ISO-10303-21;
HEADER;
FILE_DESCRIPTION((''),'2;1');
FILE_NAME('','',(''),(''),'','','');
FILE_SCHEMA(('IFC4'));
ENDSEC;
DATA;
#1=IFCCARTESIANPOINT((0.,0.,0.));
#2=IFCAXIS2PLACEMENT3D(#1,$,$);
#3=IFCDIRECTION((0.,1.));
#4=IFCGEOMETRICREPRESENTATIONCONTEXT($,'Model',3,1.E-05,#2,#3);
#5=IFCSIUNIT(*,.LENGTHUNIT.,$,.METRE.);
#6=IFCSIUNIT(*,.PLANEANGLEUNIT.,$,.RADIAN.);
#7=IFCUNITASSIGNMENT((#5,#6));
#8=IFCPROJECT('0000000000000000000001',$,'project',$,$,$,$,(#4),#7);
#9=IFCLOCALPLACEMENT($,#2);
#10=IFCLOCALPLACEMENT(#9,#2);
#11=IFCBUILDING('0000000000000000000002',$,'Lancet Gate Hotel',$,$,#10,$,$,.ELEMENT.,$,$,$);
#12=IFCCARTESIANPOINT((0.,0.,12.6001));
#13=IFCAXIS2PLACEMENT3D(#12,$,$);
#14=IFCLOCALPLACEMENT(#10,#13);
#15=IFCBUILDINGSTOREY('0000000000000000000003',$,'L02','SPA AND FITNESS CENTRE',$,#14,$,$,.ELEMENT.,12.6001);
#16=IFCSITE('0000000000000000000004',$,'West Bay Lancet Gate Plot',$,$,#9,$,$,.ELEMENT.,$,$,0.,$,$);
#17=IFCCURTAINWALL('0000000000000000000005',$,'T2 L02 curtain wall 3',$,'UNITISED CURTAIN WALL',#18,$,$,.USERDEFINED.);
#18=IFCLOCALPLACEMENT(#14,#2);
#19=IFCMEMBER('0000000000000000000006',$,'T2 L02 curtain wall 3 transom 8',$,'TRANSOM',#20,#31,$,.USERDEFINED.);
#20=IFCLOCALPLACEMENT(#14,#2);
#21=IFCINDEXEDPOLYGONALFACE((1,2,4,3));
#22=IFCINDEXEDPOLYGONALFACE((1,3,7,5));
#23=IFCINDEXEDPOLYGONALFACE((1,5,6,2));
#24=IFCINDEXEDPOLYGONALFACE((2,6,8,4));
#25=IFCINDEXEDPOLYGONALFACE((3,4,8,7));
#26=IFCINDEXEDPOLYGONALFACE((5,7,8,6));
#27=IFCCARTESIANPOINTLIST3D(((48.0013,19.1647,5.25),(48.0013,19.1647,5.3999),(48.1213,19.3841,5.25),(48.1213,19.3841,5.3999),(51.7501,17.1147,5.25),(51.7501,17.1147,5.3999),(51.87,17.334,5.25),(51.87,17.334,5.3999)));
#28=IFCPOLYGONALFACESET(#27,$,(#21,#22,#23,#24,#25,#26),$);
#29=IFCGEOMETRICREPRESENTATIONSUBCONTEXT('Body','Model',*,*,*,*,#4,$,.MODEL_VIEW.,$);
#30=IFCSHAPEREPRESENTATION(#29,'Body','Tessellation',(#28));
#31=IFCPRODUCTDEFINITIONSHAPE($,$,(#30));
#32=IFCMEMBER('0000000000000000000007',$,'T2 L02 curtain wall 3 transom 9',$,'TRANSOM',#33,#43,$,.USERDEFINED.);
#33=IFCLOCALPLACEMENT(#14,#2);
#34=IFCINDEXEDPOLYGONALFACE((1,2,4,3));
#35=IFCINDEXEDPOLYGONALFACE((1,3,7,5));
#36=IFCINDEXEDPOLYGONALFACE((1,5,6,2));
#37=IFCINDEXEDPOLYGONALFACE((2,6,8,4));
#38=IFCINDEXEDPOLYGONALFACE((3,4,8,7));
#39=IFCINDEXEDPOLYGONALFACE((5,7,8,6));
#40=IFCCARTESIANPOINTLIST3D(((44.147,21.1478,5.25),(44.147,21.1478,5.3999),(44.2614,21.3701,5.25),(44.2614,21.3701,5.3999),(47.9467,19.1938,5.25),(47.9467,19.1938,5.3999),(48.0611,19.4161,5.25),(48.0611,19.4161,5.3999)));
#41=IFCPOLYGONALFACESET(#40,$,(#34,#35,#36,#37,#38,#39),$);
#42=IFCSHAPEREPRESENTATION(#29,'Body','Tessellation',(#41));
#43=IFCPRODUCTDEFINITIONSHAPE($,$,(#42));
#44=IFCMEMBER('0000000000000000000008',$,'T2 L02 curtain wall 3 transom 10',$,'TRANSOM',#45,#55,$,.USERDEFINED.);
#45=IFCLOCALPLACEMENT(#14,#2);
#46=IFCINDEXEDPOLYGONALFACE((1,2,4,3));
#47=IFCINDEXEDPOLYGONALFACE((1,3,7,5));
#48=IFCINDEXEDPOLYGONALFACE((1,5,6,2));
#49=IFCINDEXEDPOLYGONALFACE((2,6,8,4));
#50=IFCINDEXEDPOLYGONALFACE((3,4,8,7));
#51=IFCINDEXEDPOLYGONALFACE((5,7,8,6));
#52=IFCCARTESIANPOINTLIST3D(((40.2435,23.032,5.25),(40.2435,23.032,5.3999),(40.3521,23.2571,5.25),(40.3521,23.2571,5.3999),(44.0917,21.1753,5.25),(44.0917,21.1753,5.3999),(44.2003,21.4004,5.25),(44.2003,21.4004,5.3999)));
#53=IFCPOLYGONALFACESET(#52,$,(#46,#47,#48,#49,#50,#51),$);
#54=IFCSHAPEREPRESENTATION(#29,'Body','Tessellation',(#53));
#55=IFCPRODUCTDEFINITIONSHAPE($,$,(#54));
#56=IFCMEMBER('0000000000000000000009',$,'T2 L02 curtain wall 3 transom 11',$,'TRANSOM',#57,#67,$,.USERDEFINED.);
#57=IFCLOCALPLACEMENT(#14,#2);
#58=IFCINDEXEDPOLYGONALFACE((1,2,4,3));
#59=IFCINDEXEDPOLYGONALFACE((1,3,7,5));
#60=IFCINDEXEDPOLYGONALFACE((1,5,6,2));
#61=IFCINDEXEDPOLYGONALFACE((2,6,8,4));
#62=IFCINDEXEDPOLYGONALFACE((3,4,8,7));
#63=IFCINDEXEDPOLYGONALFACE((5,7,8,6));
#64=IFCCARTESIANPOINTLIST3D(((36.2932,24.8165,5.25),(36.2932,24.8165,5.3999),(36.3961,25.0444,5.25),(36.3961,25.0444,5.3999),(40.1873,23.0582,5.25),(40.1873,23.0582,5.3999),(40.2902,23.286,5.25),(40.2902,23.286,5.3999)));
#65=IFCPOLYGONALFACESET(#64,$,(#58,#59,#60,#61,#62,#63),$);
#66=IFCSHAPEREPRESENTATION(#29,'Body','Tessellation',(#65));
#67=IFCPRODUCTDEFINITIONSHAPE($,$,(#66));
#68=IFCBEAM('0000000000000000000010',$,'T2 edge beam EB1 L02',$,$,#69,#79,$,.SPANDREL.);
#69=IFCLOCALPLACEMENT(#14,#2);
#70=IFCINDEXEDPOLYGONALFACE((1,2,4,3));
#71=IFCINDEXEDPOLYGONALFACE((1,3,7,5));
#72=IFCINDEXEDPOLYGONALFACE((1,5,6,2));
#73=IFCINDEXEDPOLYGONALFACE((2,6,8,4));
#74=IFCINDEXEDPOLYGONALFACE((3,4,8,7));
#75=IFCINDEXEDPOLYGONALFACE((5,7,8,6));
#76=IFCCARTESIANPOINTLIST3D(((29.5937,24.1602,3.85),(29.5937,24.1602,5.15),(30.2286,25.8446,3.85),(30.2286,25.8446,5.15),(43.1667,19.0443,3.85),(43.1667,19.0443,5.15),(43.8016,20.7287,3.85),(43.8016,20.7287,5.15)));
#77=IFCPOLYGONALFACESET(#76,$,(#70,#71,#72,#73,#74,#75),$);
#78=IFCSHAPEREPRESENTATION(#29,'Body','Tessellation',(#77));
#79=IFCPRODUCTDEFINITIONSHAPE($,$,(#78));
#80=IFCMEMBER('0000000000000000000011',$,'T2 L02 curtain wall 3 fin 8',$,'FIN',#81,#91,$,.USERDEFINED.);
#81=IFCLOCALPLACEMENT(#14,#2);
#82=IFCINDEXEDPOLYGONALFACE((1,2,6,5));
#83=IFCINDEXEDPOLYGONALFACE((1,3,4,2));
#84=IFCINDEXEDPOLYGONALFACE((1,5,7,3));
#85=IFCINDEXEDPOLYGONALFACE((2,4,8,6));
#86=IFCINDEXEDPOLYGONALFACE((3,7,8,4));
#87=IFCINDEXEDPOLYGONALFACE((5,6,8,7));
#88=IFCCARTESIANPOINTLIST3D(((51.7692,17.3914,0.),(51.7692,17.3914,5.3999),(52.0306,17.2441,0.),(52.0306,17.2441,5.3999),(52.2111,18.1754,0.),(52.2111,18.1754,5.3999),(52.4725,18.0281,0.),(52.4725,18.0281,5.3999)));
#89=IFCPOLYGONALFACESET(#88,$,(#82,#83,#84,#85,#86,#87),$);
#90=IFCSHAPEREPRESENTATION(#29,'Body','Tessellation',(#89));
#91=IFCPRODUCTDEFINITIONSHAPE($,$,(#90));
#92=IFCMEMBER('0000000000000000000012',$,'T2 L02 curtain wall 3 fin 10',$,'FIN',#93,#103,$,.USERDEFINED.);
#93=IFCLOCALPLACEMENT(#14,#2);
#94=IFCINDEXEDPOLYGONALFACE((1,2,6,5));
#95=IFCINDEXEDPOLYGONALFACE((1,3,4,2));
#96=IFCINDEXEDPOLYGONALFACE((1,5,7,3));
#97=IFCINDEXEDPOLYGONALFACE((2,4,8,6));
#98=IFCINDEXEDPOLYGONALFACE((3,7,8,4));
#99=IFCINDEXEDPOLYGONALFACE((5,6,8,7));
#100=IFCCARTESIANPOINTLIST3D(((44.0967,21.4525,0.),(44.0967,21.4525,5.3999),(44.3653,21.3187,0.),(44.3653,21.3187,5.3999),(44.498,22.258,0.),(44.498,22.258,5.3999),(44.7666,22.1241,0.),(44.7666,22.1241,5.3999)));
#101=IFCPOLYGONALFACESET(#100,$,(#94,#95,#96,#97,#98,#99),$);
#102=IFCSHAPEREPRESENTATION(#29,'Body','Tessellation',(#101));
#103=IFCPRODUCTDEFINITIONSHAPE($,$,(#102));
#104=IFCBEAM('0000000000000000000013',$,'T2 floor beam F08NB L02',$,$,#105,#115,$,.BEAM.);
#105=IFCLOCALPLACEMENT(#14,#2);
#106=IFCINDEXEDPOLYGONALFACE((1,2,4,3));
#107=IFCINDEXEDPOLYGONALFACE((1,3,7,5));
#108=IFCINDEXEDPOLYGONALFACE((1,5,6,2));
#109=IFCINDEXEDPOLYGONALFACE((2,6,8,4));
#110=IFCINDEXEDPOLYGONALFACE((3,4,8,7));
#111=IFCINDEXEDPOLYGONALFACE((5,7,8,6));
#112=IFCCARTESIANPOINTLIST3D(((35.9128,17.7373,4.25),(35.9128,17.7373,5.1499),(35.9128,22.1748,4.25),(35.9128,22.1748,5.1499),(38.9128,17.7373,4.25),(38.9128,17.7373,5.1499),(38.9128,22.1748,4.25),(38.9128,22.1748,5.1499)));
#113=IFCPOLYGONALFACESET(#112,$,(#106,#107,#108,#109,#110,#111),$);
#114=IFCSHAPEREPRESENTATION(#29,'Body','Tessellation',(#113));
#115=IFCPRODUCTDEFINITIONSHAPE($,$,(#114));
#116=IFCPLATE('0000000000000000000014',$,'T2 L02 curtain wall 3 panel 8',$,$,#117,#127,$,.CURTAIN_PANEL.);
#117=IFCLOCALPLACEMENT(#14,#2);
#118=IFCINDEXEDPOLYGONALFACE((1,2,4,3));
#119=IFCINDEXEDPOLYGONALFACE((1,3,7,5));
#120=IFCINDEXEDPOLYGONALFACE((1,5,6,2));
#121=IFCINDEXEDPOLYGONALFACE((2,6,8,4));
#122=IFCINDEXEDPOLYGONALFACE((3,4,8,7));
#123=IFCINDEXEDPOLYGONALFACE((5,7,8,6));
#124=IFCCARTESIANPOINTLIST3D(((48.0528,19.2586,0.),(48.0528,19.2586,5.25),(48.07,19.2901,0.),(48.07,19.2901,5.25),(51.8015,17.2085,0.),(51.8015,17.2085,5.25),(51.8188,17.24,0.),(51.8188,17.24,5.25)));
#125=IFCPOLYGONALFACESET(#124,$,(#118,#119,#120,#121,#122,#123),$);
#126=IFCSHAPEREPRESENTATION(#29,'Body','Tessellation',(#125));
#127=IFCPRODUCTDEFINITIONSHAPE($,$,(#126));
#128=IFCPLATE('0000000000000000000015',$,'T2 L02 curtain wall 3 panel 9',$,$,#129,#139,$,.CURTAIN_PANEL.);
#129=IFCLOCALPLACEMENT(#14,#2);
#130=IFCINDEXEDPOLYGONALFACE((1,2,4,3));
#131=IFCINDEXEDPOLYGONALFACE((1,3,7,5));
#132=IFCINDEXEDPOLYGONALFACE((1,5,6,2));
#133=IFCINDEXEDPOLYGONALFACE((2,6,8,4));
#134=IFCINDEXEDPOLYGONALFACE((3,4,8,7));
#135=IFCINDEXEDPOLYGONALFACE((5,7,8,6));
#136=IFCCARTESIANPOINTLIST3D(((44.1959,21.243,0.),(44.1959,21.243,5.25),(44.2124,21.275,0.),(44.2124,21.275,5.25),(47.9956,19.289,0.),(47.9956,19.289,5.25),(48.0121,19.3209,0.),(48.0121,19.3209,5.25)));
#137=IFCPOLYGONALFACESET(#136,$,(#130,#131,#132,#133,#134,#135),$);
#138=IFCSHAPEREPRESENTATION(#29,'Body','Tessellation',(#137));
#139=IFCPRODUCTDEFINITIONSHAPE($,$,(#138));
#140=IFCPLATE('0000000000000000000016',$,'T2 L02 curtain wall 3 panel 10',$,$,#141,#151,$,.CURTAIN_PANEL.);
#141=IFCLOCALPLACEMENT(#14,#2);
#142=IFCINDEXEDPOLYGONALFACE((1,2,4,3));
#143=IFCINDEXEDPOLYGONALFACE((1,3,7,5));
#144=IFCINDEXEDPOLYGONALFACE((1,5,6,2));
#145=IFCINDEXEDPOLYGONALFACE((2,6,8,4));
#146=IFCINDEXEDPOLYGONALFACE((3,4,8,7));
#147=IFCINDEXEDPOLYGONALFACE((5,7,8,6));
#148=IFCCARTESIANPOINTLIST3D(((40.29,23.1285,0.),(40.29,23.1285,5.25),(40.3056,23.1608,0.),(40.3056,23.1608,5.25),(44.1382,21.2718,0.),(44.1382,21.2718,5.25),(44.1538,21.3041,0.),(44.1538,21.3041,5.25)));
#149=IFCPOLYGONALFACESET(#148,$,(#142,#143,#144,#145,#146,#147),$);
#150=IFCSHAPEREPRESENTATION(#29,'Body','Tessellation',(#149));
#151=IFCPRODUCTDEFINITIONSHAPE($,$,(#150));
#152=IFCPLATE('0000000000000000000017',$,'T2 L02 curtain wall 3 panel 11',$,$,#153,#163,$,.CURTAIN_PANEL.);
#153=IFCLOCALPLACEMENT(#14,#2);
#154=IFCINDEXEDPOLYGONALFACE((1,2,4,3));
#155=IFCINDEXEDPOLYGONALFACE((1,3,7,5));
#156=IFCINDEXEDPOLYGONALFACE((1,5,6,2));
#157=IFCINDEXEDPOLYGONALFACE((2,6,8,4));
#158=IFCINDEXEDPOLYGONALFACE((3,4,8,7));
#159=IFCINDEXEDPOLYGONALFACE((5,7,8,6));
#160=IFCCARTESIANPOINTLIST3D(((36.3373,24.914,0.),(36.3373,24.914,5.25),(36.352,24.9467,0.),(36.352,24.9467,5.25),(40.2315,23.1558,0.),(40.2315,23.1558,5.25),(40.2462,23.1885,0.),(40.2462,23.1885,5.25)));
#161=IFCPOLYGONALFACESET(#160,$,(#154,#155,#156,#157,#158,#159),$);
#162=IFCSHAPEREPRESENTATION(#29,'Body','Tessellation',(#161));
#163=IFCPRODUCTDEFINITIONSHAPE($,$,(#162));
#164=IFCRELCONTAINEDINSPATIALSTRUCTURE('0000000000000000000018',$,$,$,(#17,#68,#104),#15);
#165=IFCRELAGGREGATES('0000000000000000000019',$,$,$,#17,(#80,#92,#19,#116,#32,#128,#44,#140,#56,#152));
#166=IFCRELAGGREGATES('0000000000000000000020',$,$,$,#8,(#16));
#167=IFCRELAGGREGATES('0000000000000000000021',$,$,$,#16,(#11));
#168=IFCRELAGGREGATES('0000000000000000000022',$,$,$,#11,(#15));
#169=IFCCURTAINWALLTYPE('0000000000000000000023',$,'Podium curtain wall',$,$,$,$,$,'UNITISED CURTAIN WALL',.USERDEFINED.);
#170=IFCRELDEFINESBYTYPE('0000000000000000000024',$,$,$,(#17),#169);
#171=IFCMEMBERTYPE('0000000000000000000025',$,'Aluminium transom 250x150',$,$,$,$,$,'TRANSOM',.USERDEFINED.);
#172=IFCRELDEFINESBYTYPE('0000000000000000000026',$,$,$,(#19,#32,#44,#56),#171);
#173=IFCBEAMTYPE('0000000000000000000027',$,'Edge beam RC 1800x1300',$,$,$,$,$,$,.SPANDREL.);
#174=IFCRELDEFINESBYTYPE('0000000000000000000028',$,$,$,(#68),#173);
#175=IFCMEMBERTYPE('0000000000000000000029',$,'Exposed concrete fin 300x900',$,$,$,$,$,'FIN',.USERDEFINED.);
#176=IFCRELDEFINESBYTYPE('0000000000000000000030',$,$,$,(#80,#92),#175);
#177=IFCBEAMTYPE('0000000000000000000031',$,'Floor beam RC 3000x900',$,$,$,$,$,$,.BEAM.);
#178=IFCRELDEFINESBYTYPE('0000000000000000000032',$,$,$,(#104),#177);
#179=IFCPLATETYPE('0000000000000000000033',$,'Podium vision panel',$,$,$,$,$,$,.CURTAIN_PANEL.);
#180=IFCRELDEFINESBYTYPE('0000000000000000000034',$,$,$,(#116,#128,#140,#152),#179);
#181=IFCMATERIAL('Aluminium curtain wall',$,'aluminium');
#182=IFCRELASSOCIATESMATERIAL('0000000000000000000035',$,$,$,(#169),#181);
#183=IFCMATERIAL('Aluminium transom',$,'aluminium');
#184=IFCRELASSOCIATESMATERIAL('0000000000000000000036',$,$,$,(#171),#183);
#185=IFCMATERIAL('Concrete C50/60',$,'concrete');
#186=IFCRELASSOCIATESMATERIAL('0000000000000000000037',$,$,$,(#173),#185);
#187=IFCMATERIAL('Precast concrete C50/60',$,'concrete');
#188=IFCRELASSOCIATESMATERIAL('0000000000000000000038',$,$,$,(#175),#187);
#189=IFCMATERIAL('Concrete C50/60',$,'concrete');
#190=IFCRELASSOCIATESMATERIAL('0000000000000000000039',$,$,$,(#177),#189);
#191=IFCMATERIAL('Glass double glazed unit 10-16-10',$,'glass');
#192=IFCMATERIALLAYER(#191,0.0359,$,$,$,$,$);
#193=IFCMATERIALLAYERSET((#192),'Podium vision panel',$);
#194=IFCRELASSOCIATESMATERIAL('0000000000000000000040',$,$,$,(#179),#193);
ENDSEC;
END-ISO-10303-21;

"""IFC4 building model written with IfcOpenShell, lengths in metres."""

from ifc_helpers import new_model, si_unit, direction, frame, origin, origin_2d, place, context, subcontext, project, spatial, rectangle, extrude, material, layer, layer_set, material_profile, profile_set, type_object, element, aggregate, save


model = new_model("IFC4")

# Units and contexts
model_context = context("Model", 3, precision=1e-05, world=origin(), true_north=direction((0.0, 1.0)))
body_context = subcontext(model_context, "Body", "Model", "MODEL_VIEW")
ifc_project = project(units=[si_unit("LENGTHUNIT", "METRE"), si_unit("PLANEANGLEUNIT", "RADIAN")], contexts=[model_context])

# Site, building, storey
site_placement = place(None, origin())
site = spatial("IfcSite", under=ifc_project, at=site_placement, Name="West Bay Lancet Gate Plot", CompositionType="ELEMENT", RefElevation=0.0)
building_placement = place(site_placement, origin())
building = spatial("IfcBuilding", under=site, at=building_placement, Name="Lancet Gate Hotel", CompositionType="ELEMENT")
storey_placement = place(building_placement, frame((0.0, 0.0, 12.6001)))
storey = spatial("IfcBuildingStorey", under=building, at=storey_placement, Name="L02", Description="SPA AND FITNESS CENTRE", CompositionType="ELEMENT", Elevation=12.6001)

# Curtain wall, members
ifc_material_1 = material(Name="Aluminium curtain wall", Category="aluminium")
curtain_wall_type = type_object("IfcCurtainWallType", Name="Podium curtain wall", ElementType="UNITISED CURTAIN WALL", PredefinedType="USERDEFINED", material=ifc_material_1)
curtain_wall_placement = place(storey_placement, origin())
curtain_wall = element("IfcCurtainWall", 1, at=curtain_wall_placement, inside=storey, type_object=curtain_wall_type, Name="T2 L02 curtain wall 3", ObjectType="UNITISED CURTAIN WALL", PredefinedType="USERDEFINED")
ifc_material_2 = material(Name="Aluminium transom", Category="aluminium")
ifc_material_profile_1 = material_profile(ifc_material_2, rectangle(XDim=0.25, YDim=0.1499, at=origin_2d()), Name="TRANSOM 250x150")
ifc_profile_set_1 = profile_set([ifc_material_profile_1], Name="Aluminium transom")
member_type_1 = type_object("IfcMemberType", Name="Aluminium transom 250x150", ElementType="TRANSOM", PredefinedType="USERDEFINED", material=ifc_profile_set_1)
member_1_placement = place(storey_placement, frame((51.8101, 17.2244, 5.325), z_axis=(-0.877378, 0.479801, 0.0), x_axis=(-0.479801, -0.877378, 0.0)))
member_1 = element("IfcMember", 2, at=member_1_placement, type_object=member_type_1, Name="T2 L02 curtain wall 3 transom 8", ObjectType="TRANSOM", PredefinedType="USERDEFINED", context=body_context, shape_type="SweptSolid", body=[
    extrude(rectangle(XDim=0.25, YDim=0.1499, at=origin_2d()), origin(), (0.0, 0.0, 1.0), 4.2727),
])
member_2_placement = place(storey_placement, frame((48.0039, 19.3049, 5.325), z_axis=(-0.889296, 0.457333, 0.0), x_axis=(-0.457333, -0.889296, 0.0)))
member_2 = element("IfcMember", 3, at=member_2_placement, type_object=member_type_1, Name="T2 L02 curtain wall 3 transom 9", ObjectType="TRANSOM", PredefinedType="USERDEFINED", context=body_context, shape_type="SweptSolid", body=[
    extrude(rectangle(XDim=0.25, YDim=0.1499, at=origin_2d()), origin(), (0.0, 0.0, 1.0), 4.2727),
])
member_3_placement = place(storey_placement, frame((44.146, 21.2878, 5.325), z_axis=(-0.900646, 0.434553, 0.0), x_axis=(-0.434553, -0.900646, 0.0)))
member_3 = element("IfcMember", 4, at=member_3_placement, type_object=member_type_1, Name="T2 L02 curtain wall 3 transom 10", ObjectType="TRANSOM", PredefinedType="USERDEFINED", context=body_context, shape_type="SweptSolid", body=[
    extrude(rectangle(XDim=0.25, YDim=0.1499, at=origin_2d()), origin(), (0.0, 0.0, 1.0), 4.2727),
])
member_4_placement = place(storey_placement, frame((40.2388, 23.1721, 5.325), z_axis=(-0.911397, 0.411529, 0.0), x_axis=(-0.411529, -0.911397, 0.0)))
member_4 = element("IfcMember", 5, at=member_4_placement, type_object=member_type_1, Name="T2 L02 curtain wall 3 transom 11", ObjectType="TRANSOM", PredefinedType="USERDEFINED", context=body_context, shape_type="SweptSolid", body=[
    extrude(rectangle(XDim=0.25, YDim=0.1499, at=origin_2d()), origin(), (0.0, 0.0, 1.0), 4.2727),
])

# Beam
ifc_material_3 = material(Name="Concrete C50/60", Category="concrete")
ifc_material_profile_2 = material_profile(ifc_material_3, rectangle(XDim=1.8, YDim=1.3, at=origin_2d()), Name="RC 1800x1300")
ifc_profile_set_2 = profile_set([ifc_material_profile_2], Name="Concrete C50/60")
beam_type_1 = type_object("IfcBeamType", Name="Edge beam RC 1800x1300", PredefinedType="SPANDREL", material=ifc_profile_set_2)
beam_1_placement = place(storey_placement, frame((43.4841, 19.8865, 4.5), z_axis=(-0.935736, 0.3527, 0.0), x_axis=(-0.3527, -0.935736, 0.0)))
element("IfcBeam", 6, at=beam_1_placement, inside=storey, type_object=beam_type_1, Name="T2 edge beam EB1 L02", PredefinedType="SPANDREL", context=body_context, shape_type="SweptSolid", body=[
    extrude(rectangle(XDim=1.8, YDim=1.3, at=origin_2d()), origin(), (0.0, 0.0, 1.0), 14.5051),
])

# Members
ifc_material_4 = material(Name="Precast concrete C50/60", Category="concrete")
ifc_material_profile_3 = material_profile(ifc_material_4, rectangle(XDim=0.3, YDim=0.8999, at=origin_2d()), Name="FIN 300x900")
ifc_profile_set_3 = profile_set([ifc_material_profile_3], Name="Precast concrete C50/60")
member_type_2 = type_object("IfcMemberType", Name="Exposed concrete fin 300x900", ElementType="FIN", PredefinedType="USERDEFINED", material=ifc_profile_set_3)
member_5_placement = place(storey_placement, frame((52.1208, 17.7097, 0.0), z_axis=(0.0, 0.0, 1.0), x_axis=(-0.87119, 0.490945, 0.0)))
member_5 = element("IfcMember", 7, at=member_5_placement, type_object=member_type_2, Name="T2 L02 curtain wall 3 fin 8", ObjectType="FIN", PredefinedType="USERDEFINED", context=body_context, shape_type="SweptSolid", body=[
    extrude(rectangle(XDim=0.3, YDim=0.8999, at=origin_2d()), origin(), (0.0, 0.0, 1.0), 5.3999),
])
member_6_placement = place(storey_placement, frame((44.4316, 21.7883, 0.0), z_axis=(0.0, 0.0, 1.0), x_axis=(-0.895044, 0.445978, 0.0)))
member_6 = element("IfcMember", 8, at=member_6_placement, type_object=member_type_2, Name="T2 L02 curtain wall 3 fin 10", ObjectType="FIN", PredefinedType="USERDEFINED", context=body_context, shape_type="SweptSolid", body=[
    extrude(rectangle(XDim=0.3, YDim=0.8999, at=origin_2d()), origin(), (0.0, 0.0, 1.0), 5.3999),
])

# Beam
ifc_material_5 = material(Name="Concrete C50/60", Category="concrete")
ifc_material_profile_4 = material_profile(ifc_material_5, rectangle(XDim=3.0, YDim=0.8999, at=origin_2d()), Name="RC 3000x900")
ifc_profile_set_4 = profile_set([ifc_material_profile_4], Name="Concrete C50/60")
beam_type_2 = type_object("IfcBeamType", Name="Floor beam RC 3000x900", PredefinedType="BEAM", material=ifc_profile_set_4)
beam_2_placement = place(storey_placement, frame((37.4128, 17.7373, 4.7), z_axis=(0.0, 1.0, 0.0), x_axis=(-1.0, 0.0, 0.0)))
element("IfcBeam", 9, at=beam_2_placement, inside=storey, type_object=beam_type_2, Name="T2 floor beam F08NB L02", PredefinedType="BEAM", context=body_context, shape_type="SweptSolid", body=[
    extrude(rectangle(XDim=3.0, YDim=0.8999, at=origin_2d()), origin(), (0.0, 0.0, 1.0), 4.4375),
])

# Plates
ifc_material_6 = material(Name="Glass double glazed unit 10-16-10", Category="glass")
ifc_layer = layer(ifc_material_6, 0.0359)
ifc_layer_set = layer_set([ifc_layer], Name="Podium vision panel")
plate_type = type_object("IfcPlateType", Name="Podium vision panel", PredefinedType="CURTAIN_PANEL", material=ifc_layer_set)
plate_1_placement = place(storey_placement, frame((49.9358, 18.2493, 0.0), z_axis=(0.0, 0.0, 1.0), x_axis=(-0.877368, 0.479818, 0.0)))
plate_1 = element("IfcPlate", 10, at=plate_1_placement, type_object=plate_type, Name="T2 L02 curtain wall 3 panel 8", PredefinedType="CURTAIN_PANEL", context=body_context, shape_type="SweptSolid", body=[
    extrude(rectangle(XDim=4.2727, YDim=0.0359, at=origin_2d()), origin(), (0.0, 0.0, 1.0), 5.25),
])
plate_2_placement = place(storey_placement, frame((46.104, 20.282, 0.0), z_axis=(0.0, 0.0, 1.0), x_axis=(-0.889296, 0.457332, 0.0)))
plate_2 = element("IfcPlate", 11, at=plate_2_placement, type_object=plate_type, Name="T2 L02 curtain wall 3 panel 9", PredefinedType="CURTAIN_PANEL", context=body_context, shape_type="SweptSolid", body=[
    extrude(rectangle(XDim=4.2727, YDim=0.0359, at=origin_2d()), origin(), (0.0, 0.0, 1.0), 5.25),
])
plate_3_placement = place(storey_placement, frame((42.2219, 22.2163, 0.0), z_axis=(0.0, 0.0, 1.0), x_axis=(-0.900647, 0.43455, 0.0)))
plate_3 = element("IfcPlate", 12, at=plate_3_placement, type_object=plate_type, Name="T2 L02 curtain wall 3 panel 10", PredefinedType="CURTAIN_PANEL", context=body_context, shape_type="SweptSolid", body=[
    extrude(rectangle(XDim=4.2727, YDim=0.0359, at=origin_2d()), origin(), (0.0, 0.0, 1.0), 5.25),
])
plate_4_placement = place(storey_placement, frame((38.2917, 24.0513, 0.0), z_axis=(0.0, 0.0, 1.0), x_axis=(-0.911416, 0.411487, 0.0)))
plate_4 = element("IfcPlate", 13, at=plate_4_placement, type_object=plate_type, Name="T2 L02 curtain wall 3 panel 11", PredefinedType="CURTAIN_PANEL", context=body_context, shape_type="SweptSolid", body=[
    extrude(rectangle(XDim=4.2727, YDim=0.0359, at=origin_2d()), origin(), (0.0, 0.0, 1.0), 5.25),
])
aggregate(curtain_wall, [member_5, member_6, member_1, plate_1, member_2, plate_2, member_3, plate_3, member_4, plate_4])

save(model, "model.ifc")
